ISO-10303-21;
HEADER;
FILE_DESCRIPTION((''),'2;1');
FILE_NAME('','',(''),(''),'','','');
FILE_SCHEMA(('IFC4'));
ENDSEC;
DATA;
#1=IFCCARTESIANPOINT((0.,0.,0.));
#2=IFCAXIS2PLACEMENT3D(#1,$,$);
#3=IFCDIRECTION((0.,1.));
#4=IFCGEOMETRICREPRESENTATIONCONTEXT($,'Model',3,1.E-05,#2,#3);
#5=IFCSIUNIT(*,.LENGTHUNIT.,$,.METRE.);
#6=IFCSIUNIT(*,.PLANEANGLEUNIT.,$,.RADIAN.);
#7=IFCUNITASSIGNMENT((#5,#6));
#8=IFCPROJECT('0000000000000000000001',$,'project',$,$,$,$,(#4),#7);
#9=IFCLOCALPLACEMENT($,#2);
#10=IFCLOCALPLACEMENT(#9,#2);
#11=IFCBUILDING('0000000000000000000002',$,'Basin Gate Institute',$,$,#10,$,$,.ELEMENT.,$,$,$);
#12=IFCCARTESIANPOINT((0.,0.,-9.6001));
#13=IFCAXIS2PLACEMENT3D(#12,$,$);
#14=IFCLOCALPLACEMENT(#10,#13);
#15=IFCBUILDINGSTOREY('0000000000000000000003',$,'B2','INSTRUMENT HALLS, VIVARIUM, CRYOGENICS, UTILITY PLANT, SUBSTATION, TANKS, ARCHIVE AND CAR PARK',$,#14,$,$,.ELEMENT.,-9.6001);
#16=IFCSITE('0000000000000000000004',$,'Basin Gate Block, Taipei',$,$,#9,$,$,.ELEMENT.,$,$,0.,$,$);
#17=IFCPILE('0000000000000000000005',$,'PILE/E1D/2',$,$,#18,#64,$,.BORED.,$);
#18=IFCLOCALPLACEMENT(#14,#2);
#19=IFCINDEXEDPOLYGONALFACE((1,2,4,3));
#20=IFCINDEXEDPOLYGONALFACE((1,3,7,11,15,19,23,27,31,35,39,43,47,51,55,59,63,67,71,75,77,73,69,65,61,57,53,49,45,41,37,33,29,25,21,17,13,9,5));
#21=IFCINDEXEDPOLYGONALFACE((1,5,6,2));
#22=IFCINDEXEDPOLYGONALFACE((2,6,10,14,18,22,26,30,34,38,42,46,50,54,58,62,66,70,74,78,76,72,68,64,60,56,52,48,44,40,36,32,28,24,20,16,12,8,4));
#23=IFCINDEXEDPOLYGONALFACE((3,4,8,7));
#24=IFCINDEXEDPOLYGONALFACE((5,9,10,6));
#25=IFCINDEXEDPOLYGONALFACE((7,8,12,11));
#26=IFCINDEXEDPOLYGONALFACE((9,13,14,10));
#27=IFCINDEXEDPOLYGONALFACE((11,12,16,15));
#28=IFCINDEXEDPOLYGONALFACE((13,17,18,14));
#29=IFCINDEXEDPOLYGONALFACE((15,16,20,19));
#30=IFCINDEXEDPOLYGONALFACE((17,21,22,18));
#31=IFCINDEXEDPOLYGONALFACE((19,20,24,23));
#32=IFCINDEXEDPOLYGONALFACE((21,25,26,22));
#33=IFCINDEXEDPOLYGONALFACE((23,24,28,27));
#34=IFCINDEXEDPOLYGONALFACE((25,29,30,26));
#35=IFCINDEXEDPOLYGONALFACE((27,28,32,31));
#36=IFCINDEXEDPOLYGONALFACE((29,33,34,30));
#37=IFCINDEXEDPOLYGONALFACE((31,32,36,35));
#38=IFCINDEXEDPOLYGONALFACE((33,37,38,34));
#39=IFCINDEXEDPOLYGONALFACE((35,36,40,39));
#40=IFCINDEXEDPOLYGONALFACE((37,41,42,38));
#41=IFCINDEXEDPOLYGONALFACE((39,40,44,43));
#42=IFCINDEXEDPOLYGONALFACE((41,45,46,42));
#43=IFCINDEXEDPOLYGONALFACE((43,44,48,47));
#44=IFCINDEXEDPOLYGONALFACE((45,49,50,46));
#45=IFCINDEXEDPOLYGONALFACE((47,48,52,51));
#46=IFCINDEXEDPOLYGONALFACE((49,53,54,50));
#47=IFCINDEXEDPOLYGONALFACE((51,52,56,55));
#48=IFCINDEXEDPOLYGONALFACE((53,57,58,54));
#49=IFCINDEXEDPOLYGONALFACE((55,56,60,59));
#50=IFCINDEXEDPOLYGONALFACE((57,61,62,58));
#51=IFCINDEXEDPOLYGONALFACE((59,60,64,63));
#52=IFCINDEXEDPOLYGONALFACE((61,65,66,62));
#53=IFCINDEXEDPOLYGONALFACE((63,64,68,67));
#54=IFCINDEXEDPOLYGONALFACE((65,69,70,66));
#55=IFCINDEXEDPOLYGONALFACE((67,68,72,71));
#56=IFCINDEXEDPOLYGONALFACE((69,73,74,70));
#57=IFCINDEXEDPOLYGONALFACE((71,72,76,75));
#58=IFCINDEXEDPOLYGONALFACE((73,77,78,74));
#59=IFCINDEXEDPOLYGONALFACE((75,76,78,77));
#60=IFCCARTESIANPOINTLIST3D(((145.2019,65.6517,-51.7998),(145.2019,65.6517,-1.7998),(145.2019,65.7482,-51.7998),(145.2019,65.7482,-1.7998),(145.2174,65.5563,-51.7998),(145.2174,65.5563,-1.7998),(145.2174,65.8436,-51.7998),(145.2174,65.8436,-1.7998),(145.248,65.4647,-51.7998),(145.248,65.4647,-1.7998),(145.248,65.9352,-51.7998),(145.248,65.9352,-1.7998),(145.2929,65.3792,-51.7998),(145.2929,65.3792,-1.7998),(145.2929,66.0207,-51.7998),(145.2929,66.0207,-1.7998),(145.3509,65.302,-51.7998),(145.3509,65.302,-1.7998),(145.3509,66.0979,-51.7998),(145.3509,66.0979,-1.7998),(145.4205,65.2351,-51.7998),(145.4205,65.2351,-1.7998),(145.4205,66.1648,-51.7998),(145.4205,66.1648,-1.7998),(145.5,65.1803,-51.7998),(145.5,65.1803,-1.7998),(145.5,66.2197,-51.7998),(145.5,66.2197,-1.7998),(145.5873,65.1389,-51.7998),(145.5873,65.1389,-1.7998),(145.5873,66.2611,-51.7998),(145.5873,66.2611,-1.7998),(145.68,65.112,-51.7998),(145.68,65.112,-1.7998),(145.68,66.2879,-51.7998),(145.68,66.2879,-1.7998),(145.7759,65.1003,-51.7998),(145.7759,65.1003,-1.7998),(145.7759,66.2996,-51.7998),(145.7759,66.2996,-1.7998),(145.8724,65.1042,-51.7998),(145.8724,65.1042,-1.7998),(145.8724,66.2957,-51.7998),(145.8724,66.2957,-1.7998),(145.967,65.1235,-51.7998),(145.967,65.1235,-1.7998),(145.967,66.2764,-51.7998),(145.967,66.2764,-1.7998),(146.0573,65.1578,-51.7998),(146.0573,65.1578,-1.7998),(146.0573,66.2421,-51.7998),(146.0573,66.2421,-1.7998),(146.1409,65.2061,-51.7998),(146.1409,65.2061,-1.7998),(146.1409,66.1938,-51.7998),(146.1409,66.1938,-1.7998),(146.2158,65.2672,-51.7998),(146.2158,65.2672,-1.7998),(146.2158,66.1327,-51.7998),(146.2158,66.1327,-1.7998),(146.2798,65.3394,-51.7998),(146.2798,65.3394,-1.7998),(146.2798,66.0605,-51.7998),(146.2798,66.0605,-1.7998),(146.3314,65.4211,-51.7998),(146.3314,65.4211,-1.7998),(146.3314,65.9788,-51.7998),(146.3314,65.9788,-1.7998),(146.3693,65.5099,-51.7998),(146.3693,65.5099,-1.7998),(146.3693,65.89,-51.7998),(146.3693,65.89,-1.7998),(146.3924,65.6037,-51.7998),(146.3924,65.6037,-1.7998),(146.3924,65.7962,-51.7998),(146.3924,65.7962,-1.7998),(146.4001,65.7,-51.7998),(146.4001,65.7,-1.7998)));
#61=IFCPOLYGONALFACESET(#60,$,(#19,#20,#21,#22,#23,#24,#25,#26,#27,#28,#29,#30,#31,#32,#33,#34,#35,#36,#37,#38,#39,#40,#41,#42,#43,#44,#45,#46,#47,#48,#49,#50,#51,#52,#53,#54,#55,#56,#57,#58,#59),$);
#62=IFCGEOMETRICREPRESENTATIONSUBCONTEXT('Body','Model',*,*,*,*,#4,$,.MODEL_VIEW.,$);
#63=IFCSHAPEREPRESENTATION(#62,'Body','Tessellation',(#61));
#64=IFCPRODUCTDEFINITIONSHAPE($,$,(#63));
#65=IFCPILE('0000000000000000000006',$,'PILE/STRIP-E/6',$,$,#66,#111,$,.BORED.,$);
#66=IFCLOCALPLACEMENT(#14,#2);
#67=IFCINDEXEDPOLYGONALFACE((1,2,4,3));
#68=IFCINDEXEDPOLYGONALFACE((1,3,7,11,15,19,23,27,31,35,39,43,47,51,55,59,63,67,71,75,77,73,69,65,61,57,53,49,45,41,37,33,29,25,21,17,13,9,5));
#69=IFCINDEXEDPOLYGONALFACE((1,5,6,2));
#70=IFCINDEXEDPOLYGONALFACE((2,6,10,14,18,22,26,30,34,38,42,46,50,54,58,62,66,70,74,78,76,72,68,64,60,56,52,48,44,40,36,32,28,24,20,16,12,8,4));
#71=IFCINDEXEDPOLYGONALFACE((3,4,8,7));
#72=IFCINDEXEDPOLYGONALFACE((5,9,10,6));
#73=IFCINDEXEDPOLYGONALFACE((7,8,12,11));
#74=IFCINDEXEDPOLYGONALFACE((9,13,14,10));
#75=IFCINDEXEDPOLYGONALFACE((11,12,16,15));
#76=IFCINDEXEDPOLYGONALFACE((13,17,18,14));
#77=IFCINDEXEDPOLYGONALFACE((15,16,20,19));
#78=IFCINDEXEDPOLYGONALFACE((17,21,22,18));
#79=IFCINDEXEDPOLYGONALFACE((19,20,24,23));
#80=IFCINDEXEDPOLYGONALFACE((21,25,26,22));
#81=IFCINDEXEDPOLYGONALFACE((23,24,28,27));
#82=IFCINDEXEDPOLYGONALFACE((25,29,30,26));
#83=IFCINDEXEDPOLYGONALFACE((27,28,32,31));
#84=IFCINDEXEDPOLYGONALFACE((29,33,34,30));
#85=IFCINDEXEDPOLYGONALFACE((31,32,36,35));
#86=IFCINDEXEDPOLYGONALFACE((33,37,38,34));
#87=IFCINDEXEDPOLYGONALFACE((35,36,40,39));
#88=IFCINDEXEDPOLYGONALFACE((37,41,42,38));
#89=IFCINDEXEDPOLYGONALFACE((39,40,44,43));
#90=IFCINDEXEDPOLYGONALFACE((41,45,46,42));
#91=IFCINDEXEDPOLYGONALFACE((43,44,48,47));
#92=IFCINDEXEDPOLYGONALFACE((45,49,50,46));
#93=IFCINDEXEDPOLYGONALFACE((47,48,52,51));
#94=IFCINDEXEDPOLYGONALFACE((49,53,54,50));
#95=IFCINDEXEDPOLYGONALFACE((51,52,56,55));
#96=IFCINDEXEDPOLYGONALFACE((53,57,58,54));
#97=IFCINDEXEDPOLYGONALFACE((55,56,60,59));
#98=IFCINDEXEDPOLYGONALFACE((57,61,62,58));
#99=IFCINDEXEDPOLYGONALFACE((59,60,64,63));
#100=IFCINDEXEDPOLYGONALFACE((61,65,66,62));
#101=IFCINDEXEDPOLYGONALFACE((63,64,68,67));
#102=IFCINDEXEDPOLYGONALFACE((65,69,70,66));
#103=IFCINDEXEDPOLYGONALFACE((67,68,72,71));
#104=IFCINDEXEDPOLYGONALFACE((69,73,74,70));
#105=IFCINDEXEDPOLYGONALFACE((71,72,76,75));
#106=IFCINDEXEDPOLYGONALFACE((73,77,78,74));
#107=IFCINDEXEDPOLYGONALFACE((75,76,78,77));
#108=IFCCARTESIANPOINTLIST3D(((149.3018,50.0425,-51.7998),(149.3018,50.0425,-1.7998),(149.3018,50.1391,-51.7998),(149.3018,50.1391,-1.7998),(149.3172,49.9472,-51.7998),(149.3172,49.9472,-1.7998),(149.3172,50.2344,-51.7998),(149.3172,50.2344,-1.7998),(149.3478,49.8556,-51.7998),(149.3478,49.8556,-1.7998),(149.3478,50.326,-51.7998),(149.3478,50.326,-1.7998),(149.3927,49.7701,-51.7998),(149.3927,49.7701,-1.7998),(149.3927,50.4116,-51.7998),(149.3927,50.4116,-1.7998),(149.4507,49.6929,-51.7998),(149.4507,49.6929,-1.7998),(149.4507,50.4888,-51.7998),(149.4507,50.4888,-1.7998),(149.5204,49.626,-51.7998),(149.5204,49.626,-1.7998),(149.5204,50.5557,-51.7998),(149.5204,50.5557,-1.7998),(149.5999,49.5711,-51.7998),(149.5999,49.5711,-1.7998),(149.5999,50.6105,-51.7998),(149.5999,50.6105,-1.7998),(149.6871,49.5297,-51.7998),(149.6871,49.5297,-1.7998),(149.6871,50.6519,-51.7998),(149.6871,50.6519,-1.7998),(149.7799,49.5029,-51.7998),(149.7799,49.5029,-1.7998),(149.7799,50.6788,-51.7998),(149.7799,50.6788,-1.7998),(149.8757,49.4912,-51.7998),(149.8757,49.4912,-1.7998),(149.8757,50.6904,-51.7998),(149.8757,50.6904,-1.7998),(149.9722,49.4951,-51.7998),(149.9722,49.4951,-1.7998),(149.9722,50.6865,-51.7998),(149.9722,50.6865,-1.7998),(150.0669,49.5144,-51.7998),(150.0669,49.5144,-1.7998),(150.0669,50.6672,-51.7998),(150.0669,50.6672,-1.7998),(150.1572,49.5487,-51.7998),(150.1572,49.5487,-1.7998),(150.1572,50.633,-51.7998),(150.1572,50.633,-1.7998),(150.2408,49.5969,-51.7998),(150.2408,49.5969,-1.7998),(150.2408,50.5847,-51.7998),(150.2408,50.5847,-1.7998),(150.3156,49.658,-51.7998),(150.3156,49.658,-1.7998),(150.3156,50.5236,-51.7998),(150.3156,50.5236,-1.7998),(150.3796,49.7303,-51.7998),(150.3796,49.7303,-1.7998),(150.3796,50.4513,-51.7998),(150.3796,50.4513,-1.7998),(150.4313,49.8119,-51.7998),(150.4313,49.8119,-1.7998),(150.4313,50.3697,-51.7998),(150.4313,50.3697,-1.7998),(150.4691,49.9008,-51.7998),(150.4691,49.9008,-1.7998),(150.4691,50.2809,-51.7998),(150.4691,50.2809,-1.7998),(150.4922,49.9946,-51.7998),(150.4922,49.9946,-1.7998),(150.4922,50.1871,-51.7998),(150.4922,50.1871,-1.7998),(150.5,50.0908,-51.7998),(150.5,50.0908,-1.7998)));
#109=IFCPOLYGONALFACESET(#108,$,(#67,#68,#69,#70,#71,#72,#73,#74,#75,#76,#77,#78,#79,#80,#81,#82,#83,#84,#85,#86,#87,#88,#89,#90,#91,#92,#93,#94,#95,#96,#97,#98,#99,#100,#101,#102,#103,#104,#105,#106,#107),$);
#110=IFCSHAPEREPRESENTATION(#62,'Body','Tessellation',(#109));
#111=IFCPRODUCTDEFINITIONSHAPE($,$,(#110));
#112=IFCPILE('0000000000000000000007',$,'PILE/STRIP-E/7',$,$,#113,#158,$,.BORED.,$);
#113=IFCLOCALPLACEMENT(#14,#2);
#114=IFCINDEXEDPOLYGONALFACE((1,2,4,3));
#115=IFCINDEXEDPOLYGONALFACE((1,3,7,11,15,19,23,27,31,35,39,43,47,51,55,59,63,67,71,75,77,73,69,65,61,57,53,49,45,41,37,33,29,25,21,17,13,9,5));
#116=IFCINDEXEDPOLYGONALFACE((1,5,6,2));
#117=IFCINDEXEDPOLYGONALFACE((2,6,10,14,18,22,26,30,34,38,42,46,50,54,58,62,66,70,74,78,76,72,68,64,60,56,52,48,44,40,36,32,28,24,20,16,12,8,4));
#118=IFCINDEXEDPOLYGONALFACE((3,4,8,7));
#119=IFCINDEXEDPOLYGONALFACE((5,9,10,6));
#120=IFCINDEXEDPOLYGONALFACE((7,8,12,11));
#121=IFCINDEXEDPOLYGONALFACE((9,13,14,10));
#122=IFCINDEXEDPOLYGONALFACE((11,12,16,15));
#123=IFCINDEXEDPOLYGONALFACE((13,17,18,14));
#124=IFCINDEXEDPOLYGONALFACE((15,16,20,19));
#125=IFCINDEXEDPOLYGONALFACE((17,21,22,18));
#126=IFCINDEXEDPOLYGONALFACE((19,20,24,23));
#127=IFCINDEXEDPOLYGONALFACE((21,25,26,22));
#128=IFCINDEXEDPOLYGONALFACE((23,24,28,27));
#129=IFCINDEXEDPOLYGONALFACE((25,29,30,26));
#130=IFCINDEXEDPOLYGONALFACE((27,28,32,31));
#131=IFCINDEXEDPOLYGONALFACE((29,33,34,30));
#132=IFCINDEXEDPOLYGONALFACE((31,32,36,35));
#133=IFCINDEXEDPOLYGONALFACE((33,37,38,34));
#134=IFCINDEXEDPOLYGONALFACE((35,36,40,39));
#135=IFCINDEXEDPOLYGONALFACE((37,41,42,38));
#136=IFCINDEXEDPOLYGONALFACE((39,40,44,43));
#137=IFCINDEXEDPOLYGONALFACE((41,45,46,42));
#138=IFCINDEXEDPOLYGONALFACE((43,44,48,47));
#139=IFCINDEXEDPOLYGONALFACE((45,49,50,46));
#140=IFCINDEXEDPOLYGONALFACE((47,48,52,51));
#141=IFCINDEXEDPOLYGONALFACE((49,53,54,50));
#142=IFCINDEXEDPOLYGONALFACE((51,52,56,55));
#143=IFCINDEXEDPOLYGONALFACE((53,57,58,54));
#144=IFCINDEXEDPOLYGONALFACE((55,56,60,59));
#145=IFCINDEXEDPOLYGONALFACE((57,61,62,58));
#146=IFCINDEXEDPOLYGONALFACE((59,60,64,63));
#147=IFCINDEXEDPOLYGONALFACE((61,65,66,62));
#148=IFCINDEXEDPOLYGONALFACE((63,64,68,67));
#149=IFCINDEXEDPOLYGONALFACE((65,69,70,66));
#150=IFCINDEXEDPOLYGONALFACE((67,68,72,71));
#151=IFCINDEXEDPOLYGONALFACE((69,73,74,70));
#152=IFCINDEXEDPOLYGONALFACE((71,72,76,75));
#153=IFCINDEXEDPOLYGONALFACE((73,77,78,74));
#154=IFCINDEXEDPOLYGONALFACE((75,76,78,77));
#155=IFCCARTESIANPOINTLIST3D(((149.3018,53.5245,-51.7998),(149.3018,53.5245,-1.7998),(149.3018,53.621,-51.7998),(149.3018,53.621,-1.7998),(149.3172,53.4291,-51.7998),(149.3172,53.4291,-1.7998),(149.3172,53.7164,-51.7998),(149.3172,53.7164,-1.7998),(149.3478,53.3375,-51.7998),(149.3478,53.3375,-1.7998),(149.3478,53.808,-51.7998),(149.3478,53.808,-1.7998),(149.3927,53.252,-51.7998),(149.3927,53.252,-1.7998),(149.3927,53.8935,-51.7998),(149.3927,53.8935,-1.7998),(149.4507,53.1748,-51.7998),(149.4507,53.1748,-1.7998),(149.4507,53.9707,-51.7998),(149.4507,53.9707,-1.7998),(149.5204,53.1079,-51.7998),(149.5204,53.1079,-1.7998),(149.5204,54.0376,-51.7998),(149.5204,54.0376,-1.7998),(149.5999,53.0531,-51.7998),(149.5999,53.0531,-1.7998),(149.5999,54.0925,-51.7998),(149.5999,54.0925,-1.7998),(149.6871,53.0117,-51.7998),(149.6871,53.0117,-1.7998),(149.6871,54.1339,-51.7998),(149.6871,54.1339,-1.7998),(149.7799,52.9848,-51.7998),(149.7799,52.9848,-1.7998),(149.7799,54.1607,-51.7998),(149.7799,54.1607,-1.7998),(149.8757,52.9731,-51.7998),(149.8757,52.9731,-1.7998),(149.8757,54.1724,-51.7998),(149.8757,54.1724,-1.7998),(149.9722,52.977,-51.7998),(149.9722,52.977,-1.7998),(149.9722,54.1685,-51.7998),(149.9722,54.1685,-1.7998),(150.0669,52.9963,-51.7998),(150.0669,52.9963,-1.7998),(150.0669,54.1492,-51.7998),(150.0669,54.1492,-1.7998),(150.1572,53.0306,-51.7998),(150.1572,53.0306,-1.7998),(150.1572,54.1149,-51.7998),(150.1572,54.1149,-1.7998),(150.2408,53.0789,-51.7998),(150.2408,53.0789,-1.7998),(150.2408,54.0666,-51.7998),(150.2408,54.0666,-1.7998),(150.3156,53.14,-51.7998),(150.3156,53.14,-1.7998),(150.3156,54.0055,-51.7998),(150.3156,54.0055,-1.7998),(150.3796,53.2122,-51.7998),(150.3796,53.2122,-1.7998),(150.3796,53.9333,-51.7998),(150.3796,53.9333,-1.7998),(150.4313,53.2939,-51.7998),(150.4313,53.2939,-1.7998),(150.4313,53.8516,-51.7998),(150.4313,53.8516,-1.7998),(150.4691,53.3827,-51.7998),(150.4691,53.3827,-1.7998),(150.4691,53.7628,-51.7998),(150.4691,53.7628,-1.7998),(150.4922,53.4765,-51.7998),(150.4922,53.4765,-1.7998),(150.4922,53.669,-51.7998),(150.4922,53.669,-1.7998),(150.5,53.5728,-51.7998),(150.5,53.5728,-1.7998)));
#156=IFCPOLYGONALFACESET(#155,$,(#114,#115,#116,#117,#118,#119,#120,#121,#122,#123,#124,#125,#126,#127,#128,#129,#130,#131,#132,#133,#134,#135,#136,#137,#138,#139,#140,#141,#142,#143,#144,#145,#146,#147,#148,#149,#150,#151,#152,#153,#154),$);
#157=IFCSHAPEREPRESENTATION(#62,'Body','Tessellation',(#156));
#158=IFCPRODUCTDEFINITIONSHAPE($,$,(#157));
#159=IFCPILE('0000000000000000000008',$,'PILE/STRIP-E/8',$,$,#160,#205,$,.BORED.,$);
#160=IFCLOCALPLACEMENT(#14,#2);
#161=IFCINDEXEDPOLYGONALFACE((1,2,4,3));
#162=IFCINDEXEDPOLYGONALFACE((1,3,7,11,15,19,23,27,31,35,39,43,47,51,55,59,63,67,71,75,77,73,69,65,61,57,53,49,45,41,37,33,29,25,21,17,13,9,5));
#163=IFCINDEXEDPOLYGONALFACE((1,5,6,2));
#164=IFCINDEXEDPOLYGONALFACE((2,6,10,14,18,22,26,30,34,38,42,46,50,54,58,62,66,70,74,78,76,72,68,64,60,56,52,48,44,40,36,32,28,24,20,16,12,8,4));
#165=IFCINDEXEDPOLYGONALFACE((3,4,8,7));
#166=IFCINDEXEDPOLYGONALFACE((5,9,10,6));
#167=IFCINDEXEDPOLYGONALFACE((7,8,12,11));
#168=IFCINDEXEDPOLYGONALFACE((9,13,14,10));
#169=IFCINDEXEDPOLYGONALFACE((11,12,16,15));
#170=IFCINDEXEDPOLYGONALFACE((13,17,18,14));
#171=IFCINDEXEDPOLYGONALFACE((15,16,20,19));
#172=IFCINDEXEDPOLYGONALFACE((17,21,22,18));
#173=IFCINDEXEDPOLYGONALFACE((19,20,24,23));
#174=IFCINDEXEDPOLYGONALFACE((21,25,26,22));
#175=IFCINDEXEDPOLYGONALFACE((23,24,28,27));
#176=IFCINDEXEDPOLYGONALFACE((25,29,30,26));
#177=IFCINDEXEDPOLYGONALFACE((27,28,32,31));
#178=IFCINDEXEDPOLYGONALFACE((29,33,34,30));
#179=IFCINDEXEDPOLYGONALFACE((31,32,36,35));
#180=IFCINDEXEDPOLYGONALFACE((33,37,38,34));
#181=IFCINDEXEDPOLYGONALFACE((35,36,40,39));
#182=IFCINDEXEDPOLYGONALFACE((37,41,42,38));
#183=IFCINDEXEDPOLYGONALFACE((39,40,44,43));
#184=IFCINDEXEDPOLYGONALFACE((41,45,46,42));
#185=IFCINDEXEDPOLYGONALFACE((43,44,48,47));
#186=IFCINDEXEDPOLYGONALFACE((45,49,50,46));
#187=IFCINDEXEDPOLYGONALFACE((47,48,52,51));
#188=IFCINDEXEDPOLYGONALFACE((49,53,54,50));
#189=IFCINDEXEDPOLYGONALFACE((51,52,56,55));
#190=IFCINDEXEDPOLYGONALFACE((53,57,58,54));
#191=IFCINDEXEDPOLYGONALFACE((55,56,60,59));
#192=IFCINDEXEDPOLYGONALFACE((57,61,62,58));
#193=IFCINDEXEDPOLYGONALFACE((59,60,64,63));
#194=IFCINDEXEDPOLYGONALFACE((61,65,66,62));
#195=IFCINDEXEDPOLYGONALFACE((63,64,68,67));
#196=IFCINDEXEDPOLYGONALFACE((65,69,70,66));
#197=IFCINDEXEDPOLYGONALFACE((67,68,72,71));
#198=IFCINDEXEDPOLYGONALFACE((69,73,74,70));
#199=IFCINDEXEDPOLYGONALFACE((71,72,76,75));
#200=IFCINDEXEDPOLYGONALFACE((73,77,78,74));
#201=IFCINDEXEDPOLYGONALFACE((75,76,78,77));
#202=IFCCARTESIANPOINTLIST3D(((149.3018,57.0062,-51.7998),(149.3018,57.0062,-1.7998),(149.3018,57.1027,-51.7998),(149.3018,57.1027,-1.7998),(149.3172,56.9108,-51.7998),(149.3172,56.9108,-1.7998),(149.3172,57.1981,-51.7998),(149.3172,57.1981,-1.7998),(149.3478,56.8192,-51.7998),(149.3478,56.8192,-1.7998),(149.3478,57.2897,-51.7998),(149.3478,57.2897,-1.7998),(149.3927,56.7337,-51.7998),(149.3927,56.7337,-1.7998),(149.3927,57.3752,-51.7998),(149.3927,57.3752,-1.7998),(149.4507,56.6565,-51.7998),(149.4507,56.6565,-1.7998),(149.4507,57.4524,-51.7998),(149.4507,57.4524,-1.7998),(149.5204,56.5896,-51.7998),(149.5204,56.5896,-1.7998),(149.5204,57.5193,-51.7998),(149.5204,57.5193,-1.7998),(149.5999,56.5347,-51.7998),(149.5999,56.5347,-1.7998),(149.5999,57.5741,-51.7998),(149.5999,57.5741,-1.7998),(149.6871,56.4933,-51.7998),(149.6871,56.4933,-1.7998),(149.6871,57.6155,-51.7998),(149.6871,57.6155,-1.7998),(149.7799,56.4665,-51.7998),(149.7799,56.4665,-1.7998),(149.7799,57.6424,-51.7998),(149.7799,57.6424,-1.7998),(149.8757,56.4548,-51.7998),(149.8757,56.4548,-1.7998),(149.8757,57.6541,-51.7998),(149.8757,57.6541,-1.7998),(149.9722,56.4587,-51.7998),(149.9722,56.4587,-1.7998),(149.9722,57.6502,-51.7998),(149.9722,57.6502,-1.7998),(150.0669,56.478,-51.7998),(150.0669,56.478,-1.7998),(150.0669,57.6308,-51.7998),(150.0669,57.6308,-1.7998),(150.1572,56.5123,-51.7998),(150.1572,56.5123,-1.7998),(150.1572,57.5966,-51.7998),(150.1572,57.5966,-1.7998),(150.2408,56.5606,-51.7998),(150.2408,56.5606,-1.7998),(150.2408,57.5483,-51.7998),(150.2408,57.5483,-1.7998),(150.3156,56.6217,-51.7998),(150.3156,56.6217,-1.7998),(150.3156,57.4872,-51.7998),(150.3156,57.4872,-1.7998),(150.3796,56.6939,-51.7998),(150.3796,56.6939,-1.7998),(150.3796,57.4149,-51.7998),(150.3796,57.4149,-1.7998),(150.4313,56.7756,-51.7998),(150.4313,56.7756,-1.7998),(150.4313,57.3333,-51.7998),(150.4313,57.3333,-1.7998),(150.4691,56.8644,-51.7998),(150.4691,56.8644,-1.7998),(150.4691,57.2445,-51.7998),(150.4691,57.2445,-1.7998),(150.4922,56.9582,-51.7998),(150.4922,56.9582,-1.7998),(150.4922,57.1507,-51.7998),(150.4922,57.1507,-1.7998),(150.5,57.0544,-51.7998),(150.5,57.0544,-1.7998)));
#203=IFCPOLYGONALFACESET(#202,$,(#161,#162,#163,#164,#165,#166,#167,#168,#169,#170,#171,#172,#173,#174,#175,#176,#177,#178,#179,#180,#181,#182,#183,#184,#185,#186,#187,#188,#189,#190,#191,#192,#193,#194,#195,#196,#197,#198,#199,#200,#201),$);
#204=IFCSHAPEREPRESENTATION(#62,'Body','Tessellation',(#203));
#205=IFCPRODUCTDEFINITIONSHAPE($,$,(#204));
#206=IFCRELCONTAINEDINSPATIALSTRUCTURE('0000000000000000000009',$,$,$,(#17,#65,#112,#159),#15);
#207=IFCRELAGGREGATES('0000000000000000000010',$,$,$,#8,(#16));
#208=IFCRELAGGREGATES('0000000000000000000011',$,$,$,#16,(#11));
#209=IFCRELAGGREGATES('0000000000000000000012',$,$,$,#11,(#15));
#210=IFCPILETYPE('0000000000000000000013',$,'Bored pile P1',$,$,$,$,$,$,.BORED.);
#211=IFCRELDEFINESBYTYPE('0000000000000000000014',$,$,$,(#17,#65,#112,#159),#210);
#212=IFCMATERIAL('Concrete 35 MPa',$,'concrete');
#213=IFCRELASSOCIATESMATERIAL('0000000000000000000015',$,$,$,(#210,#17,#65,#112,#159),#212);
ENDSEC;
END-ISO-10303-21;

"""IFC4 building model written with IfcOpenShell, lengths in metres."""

from ifc_helpers import new_model, si_unit, direction, frame, origin, origin_2d, place, context, subcontext, project, spatial, circle, extrude, material, material_profile, profile_set, type_object, element, save


model = new_model("IFC4")

# Units and contexts
model_context = context("Model", 3, precision=1e-05, world=origin(), true_north=direction((0.0, 1.0)))
body_context = subcontext(model_context, "Body", "Model", "MODEL_VIEW")
ifc_project = project(units=[si_unit("LENGTHUNIT", "METRE"), si_unit("PLANEANGLEUNIT", "RADIAN")], contexts=[model_context])

# Site, building, storey
site_placement = place(None, origin())
site = spatial("IfcSite", under=ifc_project, at=site_placement, Name="Basin Gate Block, Taipei", CompositionType="ELEMENT", RefElevation=0.0)
building_placement = place(site_placement, origin())
building = spatial("IfcBuilding", under=site, at=building_placement, Name="Basin Gate Institute", CompositionType="ELEMENT")
storey_placement = place(building_placement, frame((0.0, 0.0, -9.6001)))
storey = spatial("IfcBuildingStorey", under=building, at=storey_placement, Name="B2", Description="INSTRUMENT HALLS, VIVARIUM, CRYOGENICS, UTILITY PLANT, SUBSTATION, TANKS, ARCHIVE AND CAR PARK", CompositionType="ELEMENT", Elevation=-9.6001)

# Piles
ifc_material_1 = material(Name="Concrete 35 MPa", Category="concrete")
ifc_material_profile_1 = material_profile(ifc_material_1, circle(Radius=0.6001, at=origin_2d()), Name="Bored pile P1 1200 dia")
ifc_profile_set_1 = profile_set([ifc_material_profile_1], Name="Concrete 35 MPa")
pile_type = type_object("IfcPileType", Name="Bored pile P1", PredefinedType="BORED", material=ifc_profile_set_1)
for number, where, z_axis, x_axis, name in (
    (1, (145.8, 65.7, -1.7998), (0.0, 0.0, -1.0), (1.0, 0.0, 0.0), "PILE/E1D/2"),
    (2, (149.8999, 50.0908, -1.7998), (0.0, 0.0, -1.0), (1.0, 0.0, 0.0), "PILE/STRIP-E/6"),
    (3, (149.8999, 53.5728, -1.7998), (0.0, 0.0, -1.0), (1.0, 0.0, 0.0), "PILE/STRIP-E/7"),
    (4, (149.8999, 57.0544, -1.7998), (0.0, 0.0, -1.0), (1.0, 0.0, 0.0), "PILE/STRIP-E/8"),
):
    element("IfcPile", number, at=place(storey_placement, frame(where, z_axis=z_axis, x_axis=x_axis)), inside=storey, type_object=pile_type, material=ifc_profile_set_1, Name=name, PredefinedType="BORED", context=body_context, shape_type="SweptSolid", body=[
        extrude(circle(Radius=0.6001, at=origin_2d()), origin(), (0.0, 0.0, 1.0), 50.0),
    ])

save(model, "model.ifc")
